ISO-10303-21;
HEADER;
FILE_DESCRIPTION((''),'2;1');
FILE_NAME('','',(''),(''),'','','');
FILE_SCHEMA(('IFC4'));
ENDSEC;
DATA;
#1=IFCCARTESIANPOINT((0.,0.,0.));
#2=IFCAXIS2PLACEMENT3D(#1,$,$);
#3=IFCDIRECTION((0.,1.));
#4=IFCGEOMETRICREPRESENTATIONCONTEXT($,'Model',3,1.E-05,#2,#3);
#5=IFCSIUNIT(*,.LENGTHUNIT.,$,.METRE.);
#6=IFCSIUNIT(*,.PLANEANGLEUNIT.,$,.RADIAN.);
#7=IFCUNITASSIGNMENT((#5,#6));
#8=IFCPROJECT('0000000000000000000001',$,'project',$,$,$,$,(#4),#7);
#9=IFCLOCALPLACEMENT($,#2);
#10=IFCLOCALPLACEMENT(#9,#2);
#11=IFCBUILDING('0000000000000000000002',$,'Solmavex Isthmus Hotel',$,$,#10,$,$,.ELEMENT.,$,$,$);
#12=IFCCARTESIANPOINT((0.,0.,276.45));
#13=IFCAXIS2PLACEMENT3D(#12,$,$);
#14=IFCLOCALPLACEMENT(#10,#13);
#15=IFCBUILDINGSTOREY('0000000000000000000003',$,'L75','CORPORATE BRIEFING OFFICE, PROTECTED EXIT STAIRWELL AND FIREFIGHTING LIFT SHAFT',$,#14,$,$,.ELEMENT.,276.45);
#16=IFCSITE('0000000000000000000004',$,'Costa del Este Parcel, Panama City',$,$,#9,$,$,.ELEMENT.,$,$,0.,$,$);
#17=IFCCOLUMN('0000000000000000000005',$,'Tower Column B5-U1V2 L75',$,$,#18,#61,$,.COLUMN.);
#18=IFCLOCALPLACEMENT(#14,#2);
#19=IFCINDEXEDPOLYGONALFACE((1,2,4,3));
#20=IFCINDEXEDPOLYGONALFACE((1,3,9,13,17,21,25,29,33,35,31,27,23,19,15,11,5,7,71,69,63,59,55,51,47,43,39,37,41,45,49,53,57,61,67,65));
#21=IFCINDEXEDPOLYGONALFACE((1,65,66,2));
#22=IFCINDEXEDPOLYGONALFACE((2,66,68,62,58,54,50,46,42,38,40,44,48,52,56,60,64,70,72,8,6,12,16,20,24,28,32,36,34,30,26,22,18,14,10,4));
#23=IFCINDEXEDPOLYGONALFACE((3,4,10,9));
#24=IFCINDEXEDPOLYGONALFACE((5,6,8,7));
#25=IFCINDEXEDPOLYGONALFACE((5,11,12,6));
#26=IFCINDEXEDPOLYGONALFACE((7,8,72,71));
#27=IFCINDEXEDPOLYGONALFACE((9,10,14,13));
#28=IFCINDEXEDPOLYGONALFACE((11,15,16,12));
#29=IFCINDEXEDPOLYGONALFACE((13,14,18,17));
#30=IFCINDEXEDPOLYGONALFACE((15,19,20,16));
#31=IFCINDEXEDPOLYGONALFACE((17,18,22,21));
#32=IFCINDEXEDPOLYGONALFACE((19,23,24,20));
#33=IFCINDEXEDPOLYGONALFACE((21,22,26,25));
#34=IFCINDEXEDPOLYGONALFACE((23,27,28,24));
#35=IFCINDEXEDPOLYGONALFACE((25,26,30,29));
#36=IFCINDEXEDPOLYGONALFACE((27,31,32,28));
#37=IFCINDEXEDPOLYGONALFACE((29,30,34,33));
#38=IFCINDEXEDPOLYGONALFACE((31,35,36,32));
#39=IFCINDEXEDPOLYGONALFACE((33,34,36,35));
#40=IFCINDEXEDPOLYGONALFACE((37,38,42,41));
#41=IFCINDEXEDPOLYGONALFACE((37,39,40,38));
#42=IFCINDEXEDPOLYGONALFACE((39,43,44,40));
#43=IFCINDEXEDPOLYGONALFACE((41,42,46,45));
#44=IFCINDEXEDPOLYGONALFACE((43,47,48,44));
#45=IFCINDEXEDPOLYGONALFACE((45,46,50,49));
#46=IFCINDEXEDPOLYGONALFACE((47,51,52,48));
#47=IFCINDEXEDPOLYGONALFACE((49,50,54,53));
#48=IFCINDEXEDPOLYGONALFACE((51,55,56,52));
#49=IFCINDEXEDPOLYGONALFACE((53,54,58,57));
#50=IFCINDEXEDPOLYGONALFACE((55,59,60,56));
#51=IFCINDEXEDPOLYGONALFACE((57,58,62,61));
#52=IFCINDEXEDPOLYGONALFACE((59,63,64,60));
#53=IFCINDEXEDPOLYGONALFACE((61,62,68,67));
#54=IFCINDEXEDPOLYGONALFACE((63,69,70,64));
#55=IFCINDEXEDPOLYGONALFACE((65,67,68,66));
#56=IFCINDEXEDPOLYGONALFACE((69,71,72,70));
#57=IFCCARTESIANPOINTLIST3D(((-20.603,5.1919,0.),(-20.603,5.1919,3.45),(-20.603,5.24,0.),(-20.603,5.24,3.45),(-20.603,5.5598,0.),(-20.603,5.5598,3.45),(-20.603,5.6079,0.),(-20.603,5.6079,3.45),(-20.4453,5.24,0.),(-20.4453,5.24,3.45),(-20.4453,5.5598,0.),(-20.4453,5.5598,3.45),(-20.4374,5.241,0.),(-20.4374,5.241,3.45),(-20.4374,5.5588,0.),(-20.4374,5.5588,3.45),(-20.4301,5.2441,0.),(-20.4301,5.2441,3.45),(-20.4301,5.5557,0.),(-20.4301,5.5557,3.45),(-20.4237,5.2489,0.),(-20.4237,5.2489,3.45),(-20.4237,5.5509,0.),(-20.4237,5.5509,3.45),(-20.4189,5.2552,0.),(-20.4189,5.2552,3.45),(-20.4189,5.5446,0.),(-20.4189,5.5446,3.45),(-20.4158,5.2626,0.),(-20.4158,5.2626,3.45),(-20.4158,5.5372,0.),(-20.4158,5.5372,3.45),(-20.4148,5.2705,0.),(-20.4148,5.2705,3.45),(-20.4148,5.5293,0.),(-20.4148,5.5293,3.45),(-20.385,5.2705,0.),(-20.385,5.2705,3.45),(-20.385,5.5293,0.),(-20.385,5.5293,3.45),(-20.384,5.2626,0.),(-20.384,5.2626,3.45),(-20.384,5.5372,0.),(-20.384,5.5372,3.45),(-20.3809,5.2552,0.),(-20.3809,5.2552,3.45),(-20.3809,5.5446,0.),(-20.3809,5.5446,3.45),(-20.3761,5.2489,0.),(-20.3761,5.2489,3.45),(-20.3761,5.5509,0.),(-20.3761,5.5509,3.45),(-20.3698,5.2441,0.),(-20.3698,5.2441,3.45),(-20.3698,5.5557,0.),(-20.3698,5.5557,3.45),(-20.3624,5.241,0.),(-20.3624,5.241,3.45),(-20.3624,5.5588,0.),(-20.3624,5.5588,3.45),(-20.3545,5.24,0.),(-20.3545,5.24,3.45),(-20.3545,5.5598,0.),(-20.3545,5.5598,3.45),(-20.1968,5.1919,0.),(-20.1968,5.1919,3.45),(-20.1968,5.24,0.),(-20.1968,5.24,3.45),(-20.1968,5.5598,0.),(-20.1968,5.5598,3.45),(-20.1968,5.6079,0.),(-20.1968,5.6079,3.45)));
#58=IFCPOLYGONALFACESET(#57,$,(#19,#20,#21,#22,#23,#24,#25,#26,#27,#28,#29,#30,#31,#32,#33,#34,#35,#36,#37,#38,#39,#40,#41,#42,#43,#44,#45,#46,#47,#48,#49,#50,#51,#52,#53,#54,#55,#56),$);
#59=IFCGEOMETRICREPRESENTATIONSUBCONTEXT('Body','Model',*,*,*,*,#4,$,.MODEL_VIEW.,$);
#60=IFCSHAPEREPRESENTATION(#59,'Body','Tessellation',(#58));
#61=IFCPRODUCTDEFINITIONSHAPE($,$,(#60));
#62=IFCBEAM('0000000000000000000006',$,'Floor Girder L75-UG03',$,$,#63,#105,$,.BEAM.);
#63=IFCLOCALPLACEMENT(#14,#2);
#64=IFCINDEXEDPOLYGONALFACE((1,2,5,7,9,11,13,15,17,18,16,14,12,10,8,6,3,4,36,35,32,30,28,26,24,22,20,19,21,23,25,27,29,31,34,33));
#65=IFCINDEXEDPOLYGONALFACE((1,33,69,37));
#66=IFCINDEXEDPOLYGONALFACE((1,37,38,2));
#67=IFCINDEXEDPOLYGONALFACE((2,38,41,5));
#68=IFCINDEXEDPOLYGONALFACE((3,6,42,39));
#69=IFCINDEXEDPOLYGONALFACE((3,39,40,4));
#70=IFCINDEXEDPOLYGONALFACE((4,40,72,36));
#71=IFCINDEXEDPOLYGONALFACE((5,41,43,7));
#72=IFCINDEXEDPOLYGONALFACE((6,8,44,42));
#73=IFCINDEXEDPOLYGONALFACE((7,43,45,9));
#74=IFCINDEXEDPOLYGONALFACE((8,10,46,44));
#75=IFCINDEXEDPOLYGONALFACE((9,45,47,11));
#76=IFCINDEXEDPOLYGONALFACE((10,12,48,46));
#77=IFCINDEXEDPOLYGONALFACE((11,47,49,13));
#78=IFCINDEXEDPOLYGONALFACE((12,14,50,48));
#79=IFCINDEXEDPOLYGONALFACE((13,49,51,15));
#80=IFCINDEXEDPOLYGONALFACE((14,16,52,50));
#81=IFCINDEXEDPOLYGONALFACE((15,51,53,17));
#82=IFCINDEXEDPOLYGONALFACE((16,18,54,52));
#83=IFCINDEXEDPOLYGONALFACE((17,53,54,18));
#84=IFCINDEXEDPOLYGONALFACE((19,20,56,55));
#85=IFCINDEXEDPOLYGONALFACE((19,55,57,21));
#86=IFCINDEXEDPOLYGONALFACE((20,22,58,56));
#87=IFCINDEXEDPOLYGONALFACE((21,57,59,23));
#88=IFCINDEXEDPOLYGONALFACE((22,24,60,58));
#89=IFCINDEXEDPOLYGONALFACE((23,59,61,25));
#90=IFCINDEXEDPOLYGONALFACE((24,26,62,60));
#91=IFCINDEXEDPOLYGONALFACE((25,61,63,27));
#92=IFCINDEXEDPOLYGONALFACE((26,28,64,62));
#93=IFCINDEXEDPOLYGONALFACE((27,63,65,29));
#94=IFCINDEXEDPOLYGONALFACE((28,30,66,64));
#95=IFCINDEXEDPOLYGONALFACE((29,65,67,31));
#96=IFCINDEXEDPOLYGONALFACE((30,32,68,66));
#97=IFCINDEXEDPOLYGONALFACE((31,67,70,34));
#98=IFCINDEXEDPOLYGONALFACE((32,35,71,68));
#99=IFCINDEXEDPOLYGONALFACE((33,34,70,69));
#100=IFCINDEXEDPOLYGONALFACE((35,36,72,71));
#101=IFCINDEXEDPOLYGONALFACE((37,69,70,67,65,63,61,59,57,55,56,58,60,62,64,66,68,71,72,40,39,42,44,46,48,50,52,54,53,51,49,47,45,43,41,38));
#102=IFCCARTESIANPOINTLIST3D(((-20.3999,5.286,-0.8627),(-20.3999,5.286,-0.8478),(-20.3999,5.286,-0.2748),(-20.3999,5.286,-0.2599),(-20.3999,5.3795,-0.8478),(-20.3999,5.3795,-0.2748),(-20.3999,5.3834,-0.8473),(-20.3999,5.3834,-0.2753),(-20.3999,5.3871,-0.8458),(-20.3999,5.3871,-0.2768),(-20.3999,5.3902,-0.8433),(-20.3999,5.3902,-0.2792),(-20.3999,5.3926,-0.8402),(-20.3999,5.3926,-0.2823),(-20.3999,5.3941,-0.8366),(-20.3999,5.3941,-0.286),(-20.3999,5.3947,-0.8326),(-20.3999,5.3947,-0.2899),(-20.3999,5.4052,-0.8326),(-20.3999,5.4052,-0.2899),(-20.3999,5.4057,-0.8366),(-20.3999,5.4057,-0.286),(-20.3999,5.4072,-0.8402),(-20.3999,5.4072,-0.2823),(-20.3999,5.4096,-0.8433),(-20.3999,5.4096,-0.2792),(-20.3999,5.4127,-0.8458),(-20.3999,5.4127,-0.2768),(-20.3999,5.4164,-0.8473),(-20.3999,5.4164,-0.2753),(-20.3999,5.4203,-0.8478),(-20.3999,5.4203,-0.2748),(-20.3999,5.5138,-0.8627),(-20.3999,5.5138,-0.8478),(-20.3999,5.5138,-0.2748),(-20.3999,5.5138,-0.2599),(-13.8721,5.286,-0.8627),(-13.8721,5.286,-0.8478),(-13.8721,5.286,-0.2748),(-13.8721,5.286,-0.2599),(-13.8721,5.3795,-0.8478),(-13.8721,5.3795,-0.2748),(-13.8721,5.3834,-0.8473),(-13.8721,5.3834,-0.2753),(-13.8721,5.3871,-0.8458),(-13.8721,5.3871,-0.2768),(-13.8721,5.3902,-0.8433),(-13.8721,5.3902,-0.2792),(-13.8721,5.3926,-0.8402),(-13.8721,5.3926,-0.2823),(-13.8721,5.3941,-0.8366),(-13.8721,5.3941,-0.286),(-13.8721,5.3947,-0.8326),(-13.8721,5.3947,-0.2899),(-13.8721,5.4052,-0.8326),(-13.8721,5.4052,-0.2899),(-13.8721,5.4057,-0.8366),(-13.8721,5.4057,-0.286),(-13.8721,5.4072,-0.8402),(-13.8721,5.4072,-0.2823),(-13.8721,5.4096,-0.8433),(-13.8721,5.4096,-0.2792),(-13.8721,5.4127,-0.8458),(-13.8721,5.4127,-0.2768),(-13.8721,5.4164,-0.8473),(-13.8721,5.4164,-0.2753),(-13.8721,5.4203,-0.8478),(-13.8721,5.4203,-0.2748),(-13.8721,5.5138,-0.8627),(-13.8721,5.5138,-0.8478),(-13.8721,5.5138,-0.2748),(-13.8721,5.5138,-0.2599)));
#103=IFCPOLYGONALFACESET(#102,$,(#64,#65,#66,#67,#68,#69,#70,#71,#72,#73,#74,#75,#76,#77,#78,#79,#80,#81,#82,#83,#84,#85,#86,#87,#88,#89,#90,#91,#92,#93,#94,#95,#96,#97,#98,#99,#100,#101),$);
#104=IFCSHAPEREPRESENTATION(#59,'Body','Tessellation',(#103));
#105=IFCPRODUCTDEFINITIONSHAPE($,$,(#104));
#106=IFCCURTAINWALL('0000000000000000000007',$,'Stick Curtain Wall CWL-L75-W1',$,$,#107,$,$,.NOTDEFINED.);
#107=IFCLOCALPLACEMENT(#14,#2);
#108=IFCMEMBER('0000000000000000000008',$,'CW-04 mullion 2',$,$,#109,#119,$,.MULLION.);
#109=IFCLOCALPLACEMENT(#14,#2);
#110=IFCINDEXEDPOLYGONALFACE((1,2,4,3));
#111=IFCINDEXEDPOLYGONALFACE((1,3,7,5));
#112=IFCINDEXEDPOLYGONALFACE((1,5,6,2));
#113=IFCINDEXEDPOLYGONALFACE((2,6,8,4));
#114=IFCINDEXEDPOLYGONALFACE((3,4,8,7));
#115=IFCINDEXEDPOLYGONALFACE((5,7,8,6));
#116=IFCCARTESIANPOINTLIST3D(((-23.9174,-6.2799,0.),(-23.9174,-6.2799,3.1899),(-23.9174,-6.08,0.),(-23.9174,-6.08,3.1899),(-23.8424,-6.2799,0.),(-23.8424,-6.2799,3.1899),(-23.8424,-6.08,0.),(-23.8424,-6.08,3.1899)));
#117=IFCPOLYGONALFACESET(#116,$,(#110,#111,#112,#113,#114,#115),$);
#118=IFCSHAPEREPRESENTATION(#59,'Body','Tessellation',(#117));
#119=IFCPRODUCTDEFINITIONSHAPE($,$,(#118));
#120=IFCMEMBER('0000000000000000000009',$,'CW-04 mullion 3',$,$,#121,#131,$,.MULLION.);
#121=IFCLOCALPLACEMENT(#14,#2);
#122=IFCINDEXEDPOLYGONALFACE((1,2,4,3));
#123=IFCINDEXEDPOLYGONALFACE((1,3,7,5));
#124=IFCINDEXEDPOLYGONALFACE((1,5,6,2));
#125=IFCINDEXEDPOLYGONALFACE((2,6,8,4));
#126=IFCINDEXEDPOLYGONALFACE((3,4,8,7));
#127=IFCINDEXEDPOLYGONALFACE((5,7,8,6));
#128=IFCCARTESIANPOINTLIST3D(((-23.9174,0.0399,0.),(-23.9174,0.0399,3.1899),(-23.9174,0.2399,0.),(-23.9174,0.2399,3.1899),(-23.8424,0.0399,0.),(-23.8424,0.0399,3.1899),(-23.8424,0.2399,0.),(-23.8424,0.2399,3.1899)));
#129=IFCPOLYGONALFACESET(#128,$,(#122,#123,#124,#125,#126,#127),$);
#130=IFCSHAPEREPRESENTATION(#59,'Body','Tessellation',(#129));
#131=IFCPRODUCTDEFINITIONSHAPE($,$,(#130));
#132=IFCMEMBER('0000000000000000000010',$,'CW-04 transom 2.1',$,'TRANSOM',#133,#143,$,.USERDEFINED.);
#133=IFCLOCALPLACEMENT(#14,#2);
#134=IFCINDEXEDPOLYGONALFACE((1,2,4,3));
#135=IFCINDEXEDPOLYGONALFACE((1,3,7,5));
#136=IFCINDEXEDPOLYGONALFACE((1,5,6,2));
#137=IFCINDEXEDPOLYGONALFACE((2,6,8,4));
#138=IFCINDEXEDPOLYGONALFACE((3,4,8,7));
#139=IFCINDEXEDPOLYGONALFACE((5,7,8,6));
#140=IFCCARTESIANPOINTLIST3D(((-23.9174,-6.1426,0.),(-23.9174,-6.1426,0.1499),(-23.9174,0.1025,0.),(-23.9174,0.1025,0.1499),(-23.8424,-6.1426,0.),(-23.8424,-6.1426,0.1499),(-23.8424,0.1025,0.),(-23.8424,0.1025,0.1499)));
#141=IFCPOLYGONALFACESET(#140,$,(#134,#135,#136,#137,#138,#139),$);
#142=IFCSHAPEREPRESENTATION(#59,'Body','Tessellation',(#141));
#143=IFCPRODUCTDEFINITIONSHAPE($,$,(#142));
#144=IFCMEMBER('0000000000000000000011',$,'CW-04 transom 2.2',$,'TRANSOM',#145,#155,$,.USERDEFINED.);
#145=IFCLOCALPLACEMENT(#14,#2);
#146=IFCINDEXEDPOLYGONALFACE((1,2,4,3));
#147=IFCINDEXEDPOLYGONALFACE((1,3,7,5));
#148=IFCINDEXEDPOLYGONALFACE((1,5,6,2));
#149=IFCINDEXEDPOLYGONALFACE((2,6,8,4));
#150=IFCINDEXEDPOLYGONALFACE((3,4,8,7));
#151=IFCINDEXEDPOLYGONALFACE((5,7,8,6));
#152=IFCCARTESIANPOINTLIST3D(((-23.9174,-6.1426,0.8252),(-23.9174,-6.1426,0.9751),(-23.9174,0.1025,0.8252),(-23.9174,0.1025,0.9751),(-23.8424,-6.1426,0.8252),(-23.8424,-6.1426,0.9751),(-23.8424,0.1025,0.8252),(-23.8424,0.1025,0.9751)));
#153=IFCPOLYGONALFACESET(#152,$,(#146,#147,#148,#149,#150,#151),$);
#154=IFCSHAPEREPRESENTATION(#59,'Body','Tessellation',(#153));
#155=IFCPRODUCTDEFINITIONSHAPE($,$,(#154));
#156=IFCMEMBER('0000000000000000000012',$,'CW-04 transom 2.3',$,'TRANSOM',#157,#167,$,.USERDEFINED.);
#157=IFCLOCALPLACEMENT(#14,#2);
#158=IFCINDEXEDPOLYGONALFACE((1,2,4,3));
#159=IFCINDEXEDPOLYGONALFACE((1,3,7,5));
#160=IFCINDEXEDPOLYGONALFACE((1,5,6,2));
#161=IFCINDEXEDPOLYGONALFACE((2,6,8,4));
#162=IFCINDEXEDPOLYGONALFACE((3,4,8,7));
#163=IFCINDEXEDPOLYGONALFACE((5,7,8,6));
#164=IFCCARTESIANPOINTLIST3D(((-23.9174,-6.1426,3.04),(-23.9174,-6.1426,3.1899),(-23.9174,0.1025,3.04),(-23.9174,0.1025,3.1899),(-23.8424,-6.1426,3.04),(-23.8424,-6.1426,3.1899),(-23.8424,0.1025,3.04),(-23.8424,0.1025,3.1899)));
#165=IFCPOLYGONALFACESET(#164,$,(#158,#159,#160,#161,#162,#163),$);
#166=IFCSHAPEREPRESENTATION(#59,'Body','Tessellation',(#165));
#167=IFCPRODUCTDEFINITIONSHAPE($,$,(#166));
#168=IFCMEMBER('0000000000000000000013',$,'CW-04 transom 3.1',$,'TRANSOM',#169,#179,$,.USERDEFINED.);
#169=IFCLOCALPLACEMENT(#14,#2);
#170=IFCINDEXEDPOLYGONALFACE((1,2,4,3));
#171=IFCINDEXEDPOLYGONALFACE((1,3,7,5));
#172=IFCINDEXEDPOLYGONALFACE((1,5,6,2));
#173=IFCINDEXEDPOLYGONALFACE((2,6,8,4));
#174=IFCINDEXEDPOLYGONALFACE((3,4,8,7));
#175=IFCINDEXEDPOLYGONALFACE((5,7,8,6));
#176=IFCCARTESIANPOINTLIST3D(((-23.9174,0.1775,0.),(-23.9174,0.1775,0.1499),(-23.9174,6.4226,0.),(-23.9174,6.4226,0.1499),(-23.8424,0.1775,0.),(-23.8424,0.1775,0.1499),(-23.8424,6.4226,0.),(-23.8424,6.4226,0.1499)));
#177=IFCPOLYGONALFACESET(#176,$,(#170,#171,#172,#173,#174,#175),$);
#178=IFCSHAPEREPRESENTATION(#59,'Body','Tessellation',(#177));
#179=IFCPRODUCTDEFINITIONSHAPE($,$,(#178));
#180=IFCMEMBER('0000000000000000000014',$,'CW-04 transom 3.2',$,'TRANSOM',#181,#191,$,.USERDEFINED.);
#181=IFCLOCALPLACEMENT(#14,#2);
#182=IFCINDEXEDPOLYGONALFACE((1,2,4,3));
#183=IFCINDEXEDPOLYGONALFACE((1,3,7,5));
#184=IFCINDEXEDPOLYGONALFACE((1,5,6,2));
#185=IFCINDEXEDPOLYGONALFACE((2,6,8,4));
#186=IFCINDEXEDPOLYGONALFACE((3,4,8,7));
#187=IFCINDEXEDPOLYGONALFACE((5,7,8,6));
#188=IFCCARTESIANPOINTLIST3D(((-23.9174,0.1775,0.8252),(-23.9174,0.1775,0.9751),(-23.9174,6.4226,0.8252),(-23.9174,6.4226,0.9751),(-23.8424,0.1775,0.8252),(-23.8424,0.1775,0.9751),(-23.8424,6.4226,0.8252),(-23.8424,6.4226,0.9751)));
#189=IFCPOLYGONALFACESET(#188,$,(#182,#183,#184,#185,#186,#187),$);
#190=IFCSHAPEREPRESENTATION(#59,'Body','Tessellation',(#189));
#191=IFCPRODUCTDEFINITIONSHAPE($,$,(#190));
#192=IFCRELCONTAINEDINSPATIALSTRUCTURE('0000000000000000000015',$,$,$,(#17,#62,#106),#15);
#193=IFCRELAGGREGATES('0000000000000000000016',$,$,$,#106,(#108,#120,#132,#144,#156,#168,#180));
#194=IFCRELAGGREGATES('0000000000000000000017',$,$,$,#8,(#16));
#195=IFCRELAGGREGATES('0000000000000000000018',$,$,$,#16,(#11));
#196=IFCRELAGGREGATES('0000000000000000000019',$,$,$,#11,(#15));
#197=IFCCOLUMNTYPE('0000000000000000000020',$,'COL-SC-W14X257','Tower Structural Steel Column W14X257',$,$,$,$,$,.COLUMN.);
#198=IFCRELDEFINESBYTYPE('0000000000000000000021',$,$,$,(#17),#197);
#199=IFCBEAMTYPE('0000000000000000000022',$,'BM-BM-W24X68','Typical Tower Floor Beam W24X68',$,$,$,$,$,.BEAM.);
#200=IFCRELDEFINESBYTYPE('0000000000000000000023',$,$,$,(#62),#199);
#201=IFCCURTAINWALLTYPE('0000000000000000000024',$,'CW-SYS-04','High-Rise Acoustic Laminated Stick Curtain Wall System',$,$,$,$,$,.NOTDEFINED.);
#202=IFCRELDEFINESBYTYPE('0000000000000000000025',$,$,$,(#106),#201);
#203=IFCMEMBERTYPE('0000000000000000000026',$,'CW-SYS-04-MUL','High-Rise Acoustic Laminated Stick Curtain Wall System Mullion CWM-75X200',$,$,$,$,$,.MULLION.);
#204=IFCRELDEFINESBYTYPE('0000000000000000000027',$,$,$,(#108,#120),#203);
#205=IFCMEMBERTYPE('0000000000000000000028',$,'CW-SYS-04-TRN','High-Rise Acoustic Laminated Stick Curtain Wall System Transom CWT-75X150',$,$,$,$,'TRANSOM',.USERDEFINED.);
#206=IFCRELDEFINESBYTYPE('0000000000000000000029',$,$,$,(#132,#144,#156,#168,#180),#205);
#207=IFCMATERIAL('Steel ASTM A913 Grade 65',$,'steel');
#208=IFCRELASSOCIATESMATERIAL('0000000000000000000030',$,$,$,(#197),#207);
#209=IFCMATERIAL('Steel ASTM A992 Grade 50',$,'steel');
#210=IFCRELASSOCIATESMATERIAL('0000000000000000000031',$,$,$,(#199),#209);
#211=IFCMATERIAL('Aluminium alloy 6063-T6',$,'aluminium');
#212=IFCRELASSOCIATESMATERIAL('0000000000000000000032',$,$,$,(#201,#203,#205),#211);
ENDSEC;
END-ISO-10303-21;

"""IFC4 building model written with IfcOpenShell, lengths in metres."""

from ifc_helpers import new_model, si_unit, direction, frame, origin, origin_2d, place, context, subcontext, project, spatial, rectangle, i_section, extrude, material, material_profile, profile_set, type_object, element, aggregate, save


model = new_model("IFC4")

# Units and contexts
model_context = context("Model", 3, precision=1e-05, world=origin(), true_north=direction((0.0, 1.0)))
body_context = subcontext(model_context, "Body", "Model", "MODEL_VIEW")
ifc_project = project(units=[si_unit("LENGTHUNIT", "METRE"), si_unit("PLANEANGLEUNIT", "RADIAN")], contexts=[model_context])

# Site, building, storey
site_placement = place(None, origin())
site = spatial("IfcSite", under=ifc_project, at=site_placement, Name="Costa del Este Parcel, Panama City", CompositionType="ELEMENT", RefElevation=0.0)
building_placement = place(site_placement, origin())
building = spatial("IfcBuilding", under=site, at=building_placement, Name="Solmavex Isthmus Hotel", CompositionType="ELEMENT")
storey_placement = place(building_placement, frame((0.0, 0.0, 276.45)))
storey = spatial("IfcBuildingStorey", under=building, at=storey_placement, Name="L75", Description="CORPORATE BRIEFING OFFICE, PROTECTED EXIT STAIRWELL AND FIREFIGHTING LIFT SHAFT", CompositionType="ELEMENT", Elevation=276.45)

# Column
ifc_material_1 = material(Name="Steel ASTM A913 Grade 65", Category="steel")
ifc_material_profile_1 = material_profile(ifc_material_1, i_section(OverallWidth=0.4062, OverallDepth=0.416, WebThickness=0.0298, FlangeThickness=0.0481, FilletRadius=0.0305, at=origin_2d()), Name="W14X257")
ifc_profile_set_1 = profile_set([ifc_material_profile_1], Name="Steel ASTM A913 Grade 65")
column_type = type_object("IfcColumnType", Name="COL-SC-W14X257", Description="Tower Structural Steel Column W14X257", PredefinedType="COLUMN", material=ifc_profile_set_1)
column_placement = place(storey_placement, frame((-20.3999, 5.3999, 0.0), z_axis=(0.0, 0.0, 1.0), x_axis=(1.0, 0.0, 0.0)))
element("IfcColumn", 1, at=column_placement, inside=storey, type_object=column_type, Name="Tower Column B5-U1V2 L75", PredefinedType="COLUMN", context=body_context, shape_type="SweptSolid", body=[
    extrude(i_section(OverallWidth=0.4062, OverallDepth=0.416, WebThickness=0.0298, FlangeThickness=0.0481, FilletRadius=0.0305, at=origin_2d()), origin(), (0.0, 0.0, 1.0), 3.45),
])

# Beam
ifc_material_2 = material(Name="Steel ASTM A992 Grade 50", Category="steel")
ifc_material_profile_2 = material_profile(ifc_material_2, i_section(OverallWidth=0.2278, OverallDepth=0.6028, WebThickness=0.0105, FlangeThickness=0.0149, FilletRadius=0.0151, at=origin_2d()), Name="W24X68")
ifc_profile_set_2 = profile_set([ifc_material_profile_2], Name="Steel ASTM A992 Grade 50")
beam_type = type_object("IfcBeamType", Name="BM-BM-W24X68", Description="Typical Tower Floor Beam W24X68", PredefinedType="BEAM", material=ifc_profile_set_2)
beam_placement = place(storey_placement, frame((-20.3999, 5.3999, -0.5613), z_axis=(1.0, 0.0, 0.0), x_axis=(0.0, 1.0, 0.0)))
element("IfcBeam", 2, at=beam_placement, inside=storey, type_object=beam_type, Name="Floor Girder L75-UG03", PredefinedType="BEAM", context=body_context, shape_type="SweptSolid", body=[
    extrude(i_section(OverallWidth=0.2278, OverallDepth=0.6028, WebThickness=0.0105, FlangeThickness=0.0149, FilletRadius=0.0151, at=origin_2d()), origin(), (0.0, 0.0, 1.0), 6.5278),
])

# Curtain wall, members
ifc_material_3 = material(Name="Aluminium alloy 6063-T6", Category="aluminium")
curtain_wall_type = type_object("IfcCurtainWallType", Name="CW-SYS-04", Description="High-Rise Acoustic Laminated Stick Curtain Wall System", PredefinedType="NOTDEFINED", material=ifc_material_3)
curtain_wall_placement = place(storey_placement, origin())
curtain_wall = element("IfcCurtainWall", 3, at=curtain_wall_placement, inside=storey, type_object=curtain_wall_type, Name="Stick Curtain Wall CWL-L75-W1", PredefinedType="NOTDEFINED")
ifc_material_profile_3 = material_profile(ifc_material_3, rectangle(XDim=0.075, YDim=0.2, at=origin_2d()), Name="CWM-75X200")
ifc_profile_set_3 = profile_set([ifc_material_profile_3], Name="Aluminium alloy 6063-T6")
member_type_1 = type_object("IfcMemberType", Name="CW-SYS-04-MUL", Description="High-Rise Acoustic Laminated Stick Curtain Wall System Mullion CWM-75X200", PredefinedType="MULLION", material=ifc_profile_set_3)
member_1_placement = place(storey_placement, frame((-23.8799, -6.1799, 0.0), z_axis=(0.0, 0.0, 1.0), x_axis=(-1.0, 0.0, 0.0)))
member_1 = element("IfcMember", 4, at=member_1_placement, type_object=member_type_1, Name="CW-04 mullion 2", PredefinedType="MULLION", context=body_context, shape_type="SweptSolid", body=[
    extrude(rectangle(XDim=0.075, YDim=0.2, at=origin_2d()), origin(), (0.0, 0.0, 1.0), 3.1899),
])
member_2_placement = place(storey_placement, frame((-23.8799, 0.1399, 0.0), z_axis=(0.0, 0.0, 1.0), x_axis=(-1.0, 0.0, 0.0)))
member_2 = element("IfcMember", 5, at=member_2_placement, type_object=member_type_1, Name="CW-04 mullion 3", PredefinedType="MULLION", context=body_context, shape_type="SweptSolid", body=[
    extrude(rectangle(XDim=0.075, YDim=0.2, at=origin_2d()), origin(), (0.0, 0.0, 1.0), 3.1899),
])
ifc_material_profile_4 = material_profile(ifc_material_3, rectangle(XDim=0.075, YDim=0.1499, at=origin_2d()), Name="CWT-75X150")
ifc_profile_set_4 = profile_set([ifc_material_profile_4], Name="Aluminium alloy 6063-T6")
member_type_2 = type_object("IfcMemberType", Name="CW-SYS-04-TRN", Description="High-Rise Acoustic Laminated Stick Curtain Wall System Transom CWT-75X150", ElementType="TRANSOM", PredefinedType="USERDEFINED", material=ifc_profile_set_4)
member_3_placement = place(storey_placement, frame((-23.8799, -6.1426, 0.075), z_axis=(0.0, 1.0, 0.0), x_axis=(-1.0, 0.0, 0.0)))
member_3 = element("IfcMember", 6, at=member_3_placement, type_object=member_type_2, Name="CW-04 transom 2.1", ObjectType="TRANSOM", PredefinedType="USERDEFINED", context=body_context, shape_type="SweptSolid", body=[
    extrude(rectangle(XDim=0.075, YDim=0.1499, at=origin_2d()), origin(), (0.0, 0.0, 1.0), 6.2451),
])
member_4_placement = place(storey_placement, frame((-23.8799, -6.1426, 0.9001), z_axis=(0.0, 1.0, 0.0), x_axis=(-1.0, 0.0, 0.0)))
member_4 = element("IfcMember", 7, at=member_4_placement, type_object=member_type_2, Name="CW-04 transom 2.2", ObjectType="TRANSOM", PredefinedType="USERDEFINED", context=body_context, shape_type="SweptSolid", body=[
    extrude(rectangle(XDim=0.075, YDim=0.1499, at=origin_2d()), origin(), (0.0, 0.0, 1.0), 6.2451),
])
member_5_placement = place(storey_placement, frame((-23.8799, -6.1426, 3.115), z_axis=(0.0, 1.0, 0.0), x_axis=(-1.0, 0.0, 0.0)))
member_5 = element("IfcMember", 8, at=member_5_placement, type_object=member_type_2, Name="CW-04 transom 2.3", ObjectType="TRANSOM", PredefinedType="USERDEFINED", context=body_context, shape_type="SweptSolid", body=[
    extrude(rectangle(XDim=0.075, YDim=0.1499, at=origin_2d()), origin(), (0.0, 0.0, 1.0), 6.2451),
])
member_6_placement = place(storey_placement, frame((-23.8799, 0.1775, 0.075), z_axis=(0.0, 1.0, 0.0), x_axis=(-1.0, 0.0, 0.0)))
member_6 = element("IfcMember", 9, at=member_6_placement, type_object=member_type_2, Name="CW-04 transom 3.1", ObjectType="TRANSOM", PredefinedType="USERDEFINED", context=body_context, shape_type="SweptSolid", body=[
    extrude(rectangle(XDim=0.075, YDim=0.1499, at=origin_2d()), origin(), (0.0, 0.0, 1.0), 6.2451),
])
member_7_placement = place(storey_placement, frame((-23.8799, 0.1775, 0.9001), z_axis=(0.0, 1.0, 0.0), x_axis=(-1.0, 0.0, 0.0)))
member_7 = element("IfcMember", 10, at=member_7_placement, type_object=member_type_2, Name="CW-04 transom 3.2", ObjectType="TRANSOM", PredefinedType="USERDEFINED", context=body_context, shape_type="SweptSolid", body=[
    extrude(rectangle(XDim=0.075, YDim=0.1499, at=origin_2d()), origin(), (0.0, 0.0, 1.0), 6.2451),
])
aggregate(curtain_wall, [member_1, member_2, member_3, member_4, member_5, member_6, member_7])

save(model, "model.ifc")
